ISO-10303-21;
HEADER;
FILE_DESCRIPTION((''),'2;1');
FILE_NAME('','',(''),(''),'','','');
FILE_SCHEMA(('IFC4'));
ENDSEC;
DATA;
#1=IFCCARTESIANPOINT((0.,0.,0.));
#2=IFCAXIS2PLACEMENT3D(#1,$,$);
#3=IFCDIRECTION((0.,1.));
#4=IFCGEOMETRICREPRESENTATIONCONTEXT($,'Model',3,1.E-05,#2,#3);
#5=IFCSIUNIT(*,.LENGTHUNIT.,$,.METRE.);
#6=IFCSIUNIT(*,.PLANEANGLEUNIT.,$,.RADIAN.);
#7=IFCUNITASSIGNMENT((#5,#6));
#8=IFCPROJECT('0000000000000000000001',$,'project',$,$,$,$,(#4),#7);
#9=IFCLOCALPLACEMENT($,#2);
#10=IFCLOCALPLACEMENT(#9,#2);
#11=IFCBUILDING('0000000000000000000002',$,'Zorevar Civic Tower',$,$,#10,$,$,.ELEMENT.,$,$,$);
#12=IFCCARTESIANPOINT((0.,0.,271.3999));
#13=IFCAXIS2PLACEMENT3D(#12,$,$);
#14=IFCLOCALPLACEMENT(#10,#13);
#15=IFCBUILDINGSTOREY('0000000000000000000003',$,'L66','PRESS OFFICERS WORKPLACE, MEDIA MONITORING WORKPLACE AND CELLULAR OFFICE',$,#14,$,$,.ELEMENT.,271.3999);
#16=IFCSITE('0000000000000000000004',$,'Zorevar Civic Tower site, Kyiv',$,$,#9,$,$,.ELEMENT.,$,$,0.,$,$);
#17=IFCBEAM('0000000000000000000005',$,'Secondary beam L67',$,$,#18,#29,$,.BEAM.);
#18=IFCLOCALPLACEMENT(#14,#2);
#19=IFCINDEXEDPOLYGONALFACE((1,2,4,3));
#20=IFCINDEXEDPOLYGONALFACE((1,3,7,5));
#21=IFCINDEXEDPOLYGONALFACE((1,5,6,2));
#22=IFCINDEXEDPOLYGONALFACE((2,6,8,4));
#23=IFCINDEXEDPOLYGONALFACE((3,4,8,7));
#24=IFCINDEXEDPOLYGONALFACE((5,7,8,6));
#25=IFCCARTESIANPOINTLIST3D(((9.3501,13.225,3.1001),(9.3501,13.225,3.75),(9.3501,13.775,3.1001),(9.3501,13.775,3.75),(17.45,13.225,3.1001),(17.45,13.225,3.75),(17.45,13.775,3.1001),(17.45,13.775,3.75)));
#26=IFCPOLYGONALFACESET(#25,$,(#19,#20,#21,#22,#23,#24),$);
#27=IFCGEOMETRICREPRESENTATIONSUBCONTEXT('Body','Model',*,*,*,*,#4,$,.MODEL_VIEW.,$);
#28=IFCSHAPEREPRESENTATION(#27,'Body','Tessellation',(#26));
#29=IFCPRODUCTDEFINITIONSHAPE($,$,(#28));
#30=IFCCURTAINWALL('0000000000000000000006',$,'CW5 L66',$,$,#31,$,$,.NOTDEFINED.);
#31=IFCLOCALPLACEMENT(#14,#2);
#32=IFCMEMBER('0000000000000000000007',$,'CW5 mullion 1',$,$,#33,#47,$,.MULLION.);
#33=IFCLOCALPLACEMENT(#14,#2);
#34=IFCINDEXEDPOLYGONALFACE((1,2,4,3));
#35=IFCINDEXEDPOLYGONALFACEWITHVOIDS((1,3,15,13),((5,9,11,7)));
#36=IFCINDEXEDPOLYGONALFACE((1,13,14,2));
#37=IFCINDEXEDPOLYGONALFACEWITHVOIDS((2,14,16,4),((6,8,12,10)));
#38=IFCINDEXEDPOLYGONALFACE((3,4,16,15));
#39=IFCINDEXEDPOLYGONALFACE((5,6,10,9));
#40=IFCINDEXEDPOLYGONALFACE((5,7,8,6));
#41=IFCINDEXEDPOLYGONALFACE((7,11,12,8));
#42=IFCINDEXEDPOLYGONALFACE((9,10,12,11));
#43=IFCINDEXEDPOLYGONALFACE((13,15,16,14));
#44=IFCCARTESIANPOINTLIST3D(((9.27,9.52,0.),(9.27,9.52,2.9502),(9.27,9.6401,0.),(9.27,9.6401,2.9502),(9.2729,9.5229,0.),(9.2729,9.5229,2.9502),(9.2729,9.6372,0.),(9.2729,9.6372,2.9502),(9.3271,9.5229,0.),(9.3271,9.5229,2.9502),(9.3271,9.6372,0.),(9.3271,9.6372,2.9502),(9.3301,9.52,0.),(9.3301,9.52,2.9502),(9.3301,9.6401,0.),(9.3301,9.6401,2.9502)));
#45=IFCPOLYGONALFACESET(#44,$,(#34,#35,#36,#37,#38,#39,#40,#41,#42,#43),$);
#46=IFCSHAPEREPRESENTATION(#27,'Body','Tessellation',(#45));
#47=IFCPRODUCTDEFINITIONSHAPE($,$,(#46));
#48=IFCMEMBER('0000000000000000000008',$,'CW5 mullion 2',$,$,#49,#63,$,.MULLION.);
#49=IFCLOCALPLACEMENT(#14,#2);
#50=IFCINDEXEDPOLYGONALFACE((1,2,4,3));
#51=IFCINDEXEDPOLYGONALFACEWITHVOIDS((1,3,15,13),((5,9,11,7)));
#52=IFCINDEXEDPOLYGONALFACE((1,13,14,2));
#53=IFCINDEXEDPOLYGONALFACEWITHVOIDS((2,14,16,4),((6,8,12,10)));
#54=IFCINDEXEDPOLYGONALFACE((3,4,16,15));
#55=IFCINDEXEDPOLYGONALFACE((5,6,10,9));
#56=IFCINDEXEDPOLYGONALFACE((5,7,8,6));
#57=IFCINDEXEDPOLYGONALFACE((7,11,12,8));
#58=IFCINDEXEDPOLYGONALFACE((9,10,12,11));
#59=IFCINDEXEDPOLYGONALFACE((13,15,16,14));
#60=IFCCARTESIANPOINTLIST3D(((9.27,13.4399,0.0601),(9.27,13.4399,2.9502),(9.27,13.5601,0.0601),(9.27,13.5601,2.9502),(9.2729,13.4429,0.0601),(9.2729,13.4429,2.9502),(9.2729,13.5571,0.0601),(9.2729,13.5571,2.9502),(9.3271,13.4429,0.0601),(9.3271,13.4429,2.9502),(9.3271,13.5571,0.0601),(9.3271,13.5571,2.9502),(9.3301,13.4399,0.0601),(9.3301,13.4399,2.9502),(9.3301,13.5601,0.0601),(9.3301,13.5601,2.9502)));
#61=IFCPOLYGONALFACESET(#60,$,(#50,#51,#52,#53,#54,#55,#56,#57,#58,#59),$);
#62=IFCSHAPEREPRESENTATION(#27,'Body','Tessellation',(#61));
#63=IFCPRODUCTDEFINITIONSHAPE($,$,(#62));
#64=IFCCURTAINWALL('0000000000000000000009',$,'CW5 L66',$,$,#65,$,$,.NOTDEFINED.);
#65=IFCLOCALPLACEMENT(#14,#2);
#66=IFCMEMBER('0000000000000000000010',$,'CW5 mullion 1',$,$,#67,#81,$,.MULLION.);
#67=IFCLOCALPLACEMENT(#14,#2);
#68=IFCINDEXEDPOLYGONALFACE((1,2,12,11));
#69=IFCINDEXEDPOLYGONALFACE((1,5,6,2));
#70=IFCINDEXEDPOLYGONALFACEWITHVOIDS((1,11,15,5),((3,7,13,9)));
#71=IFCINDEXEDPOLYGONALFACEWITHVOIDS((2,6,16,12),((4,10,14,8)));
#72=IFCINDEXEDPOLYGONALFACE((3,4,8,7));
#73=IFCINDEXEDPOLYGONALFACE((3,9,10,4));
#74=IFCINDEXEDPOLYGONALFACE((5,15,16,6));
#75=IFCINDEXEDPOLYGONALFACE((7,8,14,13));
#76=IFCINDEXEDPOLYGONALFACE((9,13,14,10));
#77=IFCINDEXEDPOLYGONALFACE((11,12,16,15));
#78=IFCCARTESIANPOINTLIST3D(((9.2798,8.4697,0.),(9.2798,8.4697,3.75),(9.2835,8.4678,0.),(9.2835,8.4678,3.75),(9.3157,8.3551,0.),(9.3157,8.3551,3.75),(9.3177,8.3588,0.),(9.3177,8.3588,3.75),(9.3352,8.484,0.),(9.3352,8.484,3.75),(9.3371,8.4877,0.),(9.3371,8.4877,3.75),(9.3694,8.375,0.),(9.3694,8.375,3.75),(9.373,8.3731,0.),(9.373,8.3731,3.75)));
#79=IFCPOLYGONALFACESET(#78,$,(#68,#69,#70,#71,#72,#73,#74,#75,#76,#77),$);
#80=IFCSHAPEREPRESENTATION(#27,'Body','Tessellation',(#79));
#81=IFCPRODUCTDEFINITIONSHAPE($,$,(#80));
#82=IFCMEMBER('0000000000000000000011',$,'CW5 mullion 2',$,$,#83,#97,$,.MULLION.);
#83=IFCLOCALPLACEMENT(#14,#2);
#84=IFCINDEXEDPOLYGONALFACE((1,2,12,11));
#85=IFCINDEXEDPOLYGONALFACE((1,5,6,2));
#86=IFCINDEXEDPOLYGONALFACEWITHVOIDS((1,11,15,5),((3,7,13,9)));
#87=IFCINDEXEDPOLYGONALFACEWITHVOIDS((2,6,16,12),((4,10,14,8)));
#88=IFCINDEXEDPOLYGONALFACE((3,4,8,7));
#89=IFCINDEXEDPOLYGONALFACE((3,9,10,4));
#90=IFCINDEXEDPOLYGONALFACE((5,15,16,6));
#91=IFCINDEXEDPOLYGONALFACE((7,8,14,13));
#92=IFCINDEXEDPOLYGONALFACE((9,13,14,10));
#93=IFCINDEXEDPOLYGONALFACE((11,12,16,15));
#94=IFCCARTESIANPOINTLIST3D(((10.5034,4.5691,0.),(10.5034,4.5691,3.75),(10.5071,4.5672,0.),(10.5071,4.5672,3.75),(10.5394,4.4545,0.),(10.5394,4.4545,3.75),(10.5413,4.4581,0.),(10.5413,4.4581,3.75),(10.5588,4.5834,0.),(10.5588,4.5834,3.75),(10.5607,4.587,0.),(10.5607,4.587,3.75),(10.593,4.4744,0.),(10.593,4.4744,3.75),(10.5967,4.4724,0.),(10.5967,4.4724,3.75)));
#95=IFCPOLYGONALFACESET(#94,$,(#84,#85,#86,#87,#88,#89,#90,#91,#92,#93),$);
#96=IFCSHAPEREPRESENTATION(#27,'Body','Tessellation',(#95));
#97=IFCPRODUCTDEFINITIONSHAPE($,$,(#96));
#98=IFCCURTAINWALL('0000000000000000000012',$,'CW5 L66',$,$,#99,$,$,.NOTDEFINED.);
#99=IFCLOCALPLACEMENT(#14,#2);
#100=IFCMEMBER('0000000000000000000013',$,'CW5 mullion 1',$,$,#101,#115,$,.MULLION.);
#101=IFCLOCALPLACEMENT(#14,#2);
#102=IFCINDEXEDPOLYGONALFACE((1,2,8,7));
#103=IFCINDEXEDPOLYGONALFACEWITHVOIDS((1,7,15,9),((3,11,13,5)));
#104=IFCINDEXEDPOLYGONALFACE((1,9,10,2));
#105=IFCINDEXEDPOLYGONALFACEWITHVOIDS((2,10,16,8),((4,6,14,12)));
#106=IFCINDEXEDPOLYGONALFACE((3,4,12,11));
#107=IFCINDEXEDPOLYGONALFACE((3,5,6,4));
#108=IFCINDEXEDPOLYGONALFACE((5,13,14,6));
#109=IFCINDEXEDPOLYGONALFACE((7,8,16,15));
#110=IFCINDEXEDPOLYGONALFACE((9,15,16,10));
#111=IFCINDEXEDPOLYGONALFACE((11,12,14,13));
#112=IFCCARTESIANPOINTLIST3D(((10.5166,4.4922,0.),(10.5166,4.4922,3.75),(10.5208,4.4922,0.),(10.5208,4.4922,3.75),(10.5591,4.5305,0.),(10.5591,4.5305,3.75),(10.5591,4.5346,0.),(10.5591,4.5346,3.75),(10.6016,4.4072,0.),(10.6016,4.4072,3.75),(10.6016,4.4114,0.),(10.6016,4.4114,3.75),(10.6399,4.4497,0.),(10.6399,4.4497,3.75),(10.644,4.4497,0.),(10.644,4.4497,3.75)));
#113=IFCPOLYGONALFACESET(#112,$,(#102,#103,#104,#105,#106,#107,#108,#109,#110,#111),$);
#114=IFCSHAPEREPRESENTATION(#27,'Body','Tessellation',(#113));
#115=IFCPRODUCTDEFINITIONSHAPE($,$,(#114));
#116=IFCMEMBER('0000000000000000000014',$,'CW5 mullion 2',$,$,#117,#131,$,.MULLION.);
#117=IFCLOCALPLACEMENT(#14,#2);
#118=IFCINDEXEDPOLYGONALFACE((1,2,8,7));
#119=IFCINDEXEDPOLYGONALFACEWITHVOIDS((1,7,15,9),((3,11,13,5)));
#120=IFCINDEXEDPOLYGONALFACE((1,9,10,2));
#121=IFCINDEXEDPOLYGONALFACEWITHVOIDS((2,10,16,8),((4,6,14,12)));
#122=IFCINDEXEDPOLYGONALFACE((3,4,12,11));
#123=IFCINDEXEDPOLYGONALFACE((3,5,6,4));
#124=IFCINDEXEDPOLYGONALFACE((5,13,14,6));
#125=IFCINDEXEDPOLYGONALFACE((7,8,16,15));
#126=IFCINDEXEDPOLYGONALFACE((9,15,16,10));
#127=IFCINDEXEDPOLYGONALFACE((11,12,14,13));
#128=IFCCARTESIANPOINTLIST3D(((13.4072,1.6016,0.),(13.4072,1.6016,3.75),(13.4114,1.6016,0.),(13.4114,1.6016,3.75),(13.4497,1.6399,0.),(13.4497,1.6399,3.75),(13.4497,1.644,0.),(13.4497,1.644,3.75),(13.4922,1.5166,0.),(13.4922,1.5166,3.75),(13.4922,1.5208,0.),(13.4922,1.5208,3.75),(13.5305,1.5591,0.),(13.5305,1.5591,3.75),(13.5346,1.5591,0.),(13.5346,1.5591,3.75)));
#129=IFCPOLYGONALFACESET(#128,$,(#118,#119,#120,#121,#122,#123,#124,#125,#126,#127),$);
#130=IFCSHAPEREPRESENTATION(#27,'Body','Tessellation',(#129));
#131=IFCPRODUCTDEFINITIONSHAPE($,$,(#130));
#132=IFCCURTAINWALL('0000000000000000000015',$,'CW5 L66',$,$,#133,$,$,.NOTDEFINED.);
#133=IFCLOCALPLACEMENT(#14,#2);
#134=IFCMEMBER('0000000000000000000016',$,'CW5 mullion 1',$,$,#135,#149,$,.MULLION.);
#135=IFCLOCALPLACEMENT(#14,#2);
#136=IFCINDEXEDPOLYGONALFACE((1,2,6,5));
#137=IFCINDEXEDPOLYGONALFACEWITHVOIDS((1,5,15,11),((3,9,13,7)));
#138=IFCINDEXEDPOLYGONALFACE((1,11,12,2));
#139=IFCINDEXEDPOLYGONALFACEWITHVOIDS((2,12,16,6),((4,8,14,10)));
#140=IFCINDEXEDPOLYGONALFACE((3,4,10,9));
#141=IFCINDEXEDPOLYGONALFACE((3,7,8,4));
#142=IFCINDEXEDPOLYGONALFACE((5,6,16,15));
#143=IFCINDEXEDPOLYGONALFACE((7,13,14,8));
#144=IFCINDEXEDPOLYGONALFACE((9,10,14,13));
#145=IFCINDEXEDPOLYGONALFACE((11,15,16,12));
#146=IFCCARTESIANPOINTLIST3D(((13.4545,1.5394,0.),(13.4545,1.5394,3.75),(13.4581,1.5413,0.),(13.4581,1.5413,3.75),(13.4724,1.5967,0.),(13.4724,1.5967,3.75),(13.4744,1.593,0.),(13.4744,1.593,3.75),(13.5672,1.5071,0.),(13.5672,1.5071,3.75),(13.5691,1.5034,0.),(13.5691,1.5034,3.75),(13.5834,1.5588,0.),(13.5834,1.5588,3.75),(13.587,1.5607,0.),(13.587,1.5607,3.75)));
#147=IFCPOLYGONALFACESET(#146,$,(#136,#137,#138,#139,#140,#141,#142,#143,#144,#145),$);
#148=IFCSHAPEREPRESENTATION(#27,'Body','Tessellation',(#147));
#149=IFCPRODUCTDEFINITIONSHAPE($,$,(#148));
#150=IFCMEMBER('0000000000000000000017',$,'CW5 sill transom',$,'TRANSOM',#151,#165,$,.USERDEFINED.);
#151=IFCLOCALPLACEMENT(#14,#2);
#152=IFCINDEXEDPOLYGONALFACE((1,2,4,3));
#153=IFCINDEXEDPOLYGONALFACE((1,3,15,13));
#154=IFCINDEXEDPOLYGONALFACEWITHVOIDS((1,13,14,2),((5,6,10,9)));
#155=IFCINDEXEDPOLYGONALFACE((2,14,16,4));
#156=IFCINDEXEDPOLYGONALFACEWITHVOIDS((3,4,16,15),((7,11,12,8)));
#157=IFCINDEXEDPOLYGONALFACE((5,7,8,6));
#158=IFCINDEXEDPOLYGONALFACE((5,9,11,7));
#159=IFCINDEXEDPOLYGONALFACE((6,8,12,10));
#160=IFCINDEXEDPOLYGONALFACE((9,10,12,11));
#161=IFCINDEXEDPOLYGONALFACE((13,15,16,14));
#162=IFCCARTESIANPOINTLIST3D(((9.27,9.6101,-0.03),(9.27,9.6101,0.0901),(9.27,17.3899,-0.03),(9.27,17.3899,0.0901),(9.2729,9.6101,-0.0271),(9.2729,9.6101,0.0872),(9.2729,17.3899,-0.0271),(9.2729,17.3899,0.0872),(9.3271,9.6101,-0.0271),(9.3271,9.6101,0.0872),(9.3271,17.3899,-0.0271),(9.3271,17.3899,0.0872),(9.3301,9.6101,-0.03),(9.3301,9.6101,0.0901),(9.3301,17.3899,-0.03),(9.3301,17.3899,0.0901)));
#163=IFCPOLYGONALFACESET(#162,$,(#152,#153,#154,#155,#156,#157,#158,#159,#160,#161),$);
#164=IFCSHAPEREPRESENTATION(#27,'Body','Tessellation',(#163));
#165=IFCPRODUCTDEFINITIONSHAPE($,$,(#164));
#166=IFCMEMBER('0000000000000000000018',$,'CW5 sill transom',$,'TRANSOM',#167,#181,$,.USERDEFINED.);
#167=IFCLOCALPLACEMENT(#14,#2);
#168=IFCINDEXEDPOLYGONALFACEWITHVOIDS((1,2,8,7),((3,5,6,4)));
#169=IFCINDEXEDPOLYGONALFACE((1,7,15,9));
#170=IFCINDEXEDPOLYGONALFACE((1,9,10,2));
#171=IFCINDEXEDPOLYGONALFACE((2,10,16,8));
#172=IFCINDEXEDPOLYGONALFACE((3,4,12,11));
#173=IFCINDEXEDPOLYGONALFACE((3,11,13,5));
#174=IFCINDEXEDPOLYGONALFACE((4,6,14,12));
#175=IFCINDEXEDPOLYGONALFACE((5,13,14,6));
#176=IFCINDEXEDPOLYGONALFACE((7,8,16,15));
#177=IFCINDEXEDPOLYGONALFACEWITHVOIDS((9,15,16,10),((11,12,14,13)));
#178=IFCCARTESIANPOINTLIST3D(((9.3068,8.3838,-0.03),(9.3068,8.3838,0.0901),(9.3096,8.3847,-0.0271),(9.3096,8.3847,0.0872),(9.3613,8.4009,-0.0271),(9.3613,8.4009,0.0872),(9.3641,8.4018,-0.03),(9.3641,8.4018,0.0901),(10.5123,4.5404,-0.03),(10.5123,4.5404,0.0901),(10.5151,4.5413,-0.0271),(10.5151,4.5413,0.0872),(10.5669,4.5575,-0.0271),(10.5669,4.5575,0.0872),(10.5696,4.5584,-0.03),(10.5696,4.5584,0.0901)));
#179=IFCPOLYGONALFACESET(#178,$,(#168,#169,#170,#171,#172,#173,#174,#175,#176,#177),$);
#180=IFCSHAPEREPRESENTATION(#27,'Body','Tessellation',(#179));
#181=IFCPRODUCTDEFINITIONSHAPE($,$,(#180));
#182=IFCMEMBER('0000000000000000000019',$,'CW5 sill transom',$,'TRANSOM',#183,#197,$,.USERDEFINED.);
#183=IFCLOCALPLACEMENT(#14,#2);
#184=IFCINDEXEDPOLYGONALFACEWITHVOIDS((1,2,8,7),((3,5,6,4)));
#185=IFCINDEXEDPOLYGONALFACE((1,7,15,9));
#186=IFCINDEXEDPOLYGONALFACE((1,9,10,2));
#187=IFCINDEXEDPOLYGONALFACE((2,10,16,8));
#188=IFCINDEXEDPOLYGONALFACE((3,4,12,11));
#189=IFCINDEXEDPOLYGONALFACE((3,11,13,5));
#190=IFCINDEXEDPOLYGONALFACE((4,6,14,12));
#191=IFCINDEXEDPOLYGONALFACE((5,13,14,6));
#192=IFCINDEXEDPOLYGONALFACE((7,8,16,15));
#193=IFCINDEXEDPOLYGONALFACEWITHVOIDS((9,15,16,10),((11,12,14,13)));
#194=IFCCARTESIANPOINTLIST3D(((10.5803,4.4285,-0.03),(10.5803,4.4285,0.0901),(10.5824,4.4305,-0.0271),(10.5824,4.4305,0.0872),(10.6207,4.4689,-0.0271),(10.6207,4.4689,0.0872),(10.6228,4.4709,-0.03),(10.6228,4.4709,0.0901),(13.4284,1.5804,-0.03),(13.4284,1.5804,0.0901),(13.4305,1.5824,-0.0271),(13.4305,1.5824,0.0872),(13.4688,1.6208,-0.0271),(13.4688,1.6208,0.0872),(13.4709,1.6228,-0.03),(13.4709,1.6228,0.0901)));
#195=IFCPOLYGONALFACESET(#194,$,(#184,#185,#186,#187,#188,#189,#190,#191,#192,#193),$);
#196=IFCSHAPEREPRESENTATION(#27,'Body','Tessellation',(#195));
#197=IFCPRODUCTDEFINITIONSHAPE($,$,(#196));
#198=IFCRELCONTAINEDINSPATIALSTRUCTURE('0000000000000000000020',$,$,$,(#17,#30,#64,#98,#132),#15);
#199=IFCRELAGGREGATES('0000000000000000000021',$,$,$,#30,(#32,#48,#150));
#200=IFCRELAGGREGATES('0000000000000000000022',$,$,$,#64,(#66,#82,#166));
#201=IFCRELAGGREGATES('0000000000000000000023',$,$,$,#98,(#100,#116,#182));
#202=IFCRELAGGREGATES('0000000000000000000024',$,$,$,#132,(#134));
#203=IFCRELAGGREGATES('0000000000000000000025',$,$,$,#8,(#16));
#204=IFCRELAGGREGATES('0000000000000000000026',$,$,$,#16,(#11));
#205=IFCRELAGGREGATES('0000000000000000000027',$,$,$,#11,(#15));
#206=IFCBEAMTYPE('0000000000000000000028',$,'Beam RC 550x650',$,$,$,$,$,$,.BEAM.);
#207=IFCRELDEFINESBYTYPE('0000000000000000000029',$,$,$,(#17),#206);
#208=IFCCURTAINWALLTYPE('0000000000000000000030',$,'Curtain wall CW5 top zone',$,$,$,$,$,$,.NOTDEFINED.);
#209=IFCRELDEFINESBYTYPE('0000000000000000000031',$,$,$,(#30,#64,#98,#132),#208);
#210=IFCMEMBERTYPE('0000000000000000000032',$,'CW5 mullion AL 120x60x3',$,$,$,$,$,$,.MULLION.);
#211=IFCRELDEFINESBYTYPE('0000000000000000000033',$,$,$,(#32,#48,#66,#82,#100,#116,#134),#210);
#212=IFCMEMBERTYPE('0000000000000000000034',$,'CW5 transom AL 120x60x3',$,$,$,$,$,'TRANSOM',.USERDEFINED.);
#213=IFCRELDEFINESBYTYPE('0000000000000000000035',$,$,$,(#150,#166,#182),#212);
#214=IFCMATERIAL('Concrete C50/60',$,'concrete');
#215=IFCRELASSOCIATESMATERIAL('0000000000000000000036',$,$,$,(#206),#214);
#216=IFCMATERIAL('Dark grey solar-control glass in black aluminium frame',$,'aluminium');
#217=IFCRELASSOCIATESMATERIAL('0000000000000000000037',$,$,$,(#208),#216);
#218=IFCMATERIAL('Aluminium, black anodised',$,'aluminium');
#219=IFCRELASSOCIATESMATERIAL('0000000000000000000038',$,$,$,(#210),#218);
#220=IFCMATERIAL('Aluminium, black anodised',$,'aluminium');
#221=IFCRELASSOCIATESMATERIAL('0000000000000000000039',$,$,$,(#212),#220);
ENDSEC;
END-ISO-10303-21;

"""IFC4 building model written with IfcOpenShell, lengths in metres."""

from ifc_helpers import new_model, si_unit, direction, frame, origin, origin_2d, place, context, subcontext, project, spatial, rectangle, hollow_rectangle, extrude, material, material_profile, profile_set, type_object, element, aggregate, save


model = new_model("IFC4")

# Units and contexts
model_context = context("Model", 3, precision=1e-05, world=origin(), true_north=direction((0.0, 1.0)))
body_context = subcontext(model_context, "Body", "Model", "MODEL_VIEW")
ifc_project = project(units=[si_unit("LENGTHUNIT", "METRE"), si_unit("PLANEANGLEUNIT", "RADIAN")], contexts=[model_context])

# Site, building, storey
site_placement = place(None, origin())
site = spatial("IfcSite", under=ifc_project, at=site_placement, Name="Zorevar Civic Tower site, Kyiv", CompositionType="ELEMENT", RefElevation=0.0)
building_placement = place(site_placement, origin())
building = spatial("IfcBuilding", under=site, at=building_placement, Name="Zorevar Civic Tower", CompositionType="ELEMENT")
storey_placement = place(building_placement, frame((0.0, 0.0, 271.3999)))
storey = spatial("IfcBuildingStorey", under=building, at=storey_placement, Name="L66", Description="PRESS OFFICERS WORKPLACE, MEDIA MONITORING WORKPLACE AND CELLULAR OFFICE", CompositionType="ELEMENT", Elevation=271.3999)

# Beam
ifc_material_1 = material(Name="Concrete C50/60", Category="concrete")
ifc_material_profile_1 = material_profile(ifc_material_1, rectangle(XDim=0.55, YDim=0.6499, at=origin_2d()), Name="RC 550x650")
ifc_profile_set_1 = profile_set([ifc_material_profile_1], Name="Concrete C50/60")
beam_type_1 = type_object("IfcBeamType", Name="Beam RC 550x650", PredefinedType="BEAM", material=ifc_profile_set_1)
beam_1_placement = place(storey_placement, frame((9.3501, 13.5, 3.425), z_axis=(1.0, 0.0, 0.0), x_axis=(0.0, 1.0, 0.0)))
element("IfcBeam", 1, at=beam_1_placement, inside=storey, type_object=beam_type_1, Name="Secondary beam L67", PredefinedType="BEAM", context=body_context, shape_type="SweptSolid", body=[
    extrude(rectangle(XDim=0.55, YDim=0.6499, at=origin_2d()), origin(), (0.0, 0.0, 1.0), 8.0999),
])

# Curtain walls, members
ifc_material_2 = material(Name="Dark grey solar-control glass in black aluminium frame", Category="aluminium")
curtain_wall_type = type_object("IfcCurtainWallType", Name="Curtain wall CW5 top zone", PredefinedType="NOTDEFINED", material=ifc_material_2)
curtain_wall_1_placement = place(storey_placement, origin())
curtain_wall_1 = element("IfcCurtainWall", 2, at=curtain_wall_1_placement, inside=storey, type_object=curtain_wall_type, Name="CW5 L66", PredefinedType="NOTDEFINED")
ifc_material_3 = material(Name="Aluminium, black anodised", Category="aluminium")
ifc_material_profile_2 = material_profile(ifc_material_3, hollow_rectangle(XDim=0.0601, YDim=0.1201, WallThickness=0.0029, at=origin_2d()), Name="AL 120x60x3")
ifc_profile_set_2 = profile_set([ifc_material_profile_2], Name="Aluminium, black anodised")
member_type_1 = type_object("IfcMemberType", Name="CW5 mullion AL 120x60x3", PredefinedType="MULLION", material=ifc_profile_set_2)
member_1_placement = place(storey_placement, frame((9.3, 9.5801, 0.0), z_axis=(0.0, 0.0, 1.0), x_axis=(-1.0, 0.0, 0.0)))
member_1 = element("IfcMember", 3, at=member_1_placement, type_object=member_type_1, Name="CW5 mullion 1", PredefinedType="MULLION", context=body_context, shape_type="SweptSolid", body=[
    extrude(hollow_rectangle(XDim=0.0601, YDim=0.1201, WallThickness=0.0029, at=origin_2d()), origin(), (0.0, 0.0, 1.0), 2.9502),
])
member_2_placement = place(storey_placement, frame((9.3, 13.5, 0.0601), z_axis=(0.0, 0.0, 1.0), x_axis=(-1.0, 0.0, 0.0)))
member_2 = element("IfcMember", 4, at=member_2_placement, type_object=member_type_1, Name="CW5 mullion 2", PredefinedType="MULLION", context=body_context, shape_type="SweptSolid", body=[
    extrude(hollow_rectangle(XDim=0.0601, YDim=0.1201, WallThickness=0.0029, at=origin_2d()), origin(), (0.0, 0.0, 1.0), 2.8901),
])
curtain_wall_2_placement = place(storey_placement, origin())
curtain_wall_2 = element("IfcCurtainWall", 5, at=curtain_wall_2_placement, inside=storey, type_object=curtain_wall_type, Name="CW5 L66", PredefinedType="NOTDEFINED")
member_3_placement = place(storey_placement, frame((9.3264, 8.4214, 0.0), z_axis=(0.0, 0.0, 1.0), x_axis=(0.954153, 0.299318, 0.0)))
member_3 = element("IfcMember", 6, at=member_3_placement, type_object=member_type_1, Name="CW5 mullion 1", PredefinedType="MULLION", context=body_context, shape_type="SweptSolid", body=[
    extrude(hollow_rectangle(XDim=0.0601, YDim=0.1201, WallThickness=0.0029, at=origin_2d()), origin(), (0.0, 0.0, 1.0), 3.75),
])
member_4_placement = place(storey_placement, frame((10.55, 4.5208, 0.0), z_axis=(0.0, 0.0, 1.0), x_axis=(0.954153, 0.299318, 0.0)))
member_4 = element("IfcMember", 7, at=member_4_placement, type_object=member_type_1, Name="CW5 mullion 2", PredefinedType="MULLION", context=body_context, shape_type="SweptSolid", body=[
    extrude(hollow_rectangle(XDim=0.0601, YDim=0.1201, WallThickness=0.0029, at=origin_2d()), origin(), (0.0, 0.0, 1.0), 3.75),
])
curtain_wall_3_placement = place(storey_placement, origin())
curtain_wall_3 = element("IfcCurtainWall", 8, at=curtain_wall_3_placement, inside=storey, type_object=curtain_wall_type, Name="CW5 L66", PredefinedType="NOTDEFINED")
member_5_placement = place(storey_placement, frame((10.5803, 4.4709, 0.0), z_axis=(0.0, 0.0, 1.0), x_axis=(0.707107, 0.707107, 0.0)))
member_5 = element("IfcMember", 9, at=member_5_placement, type_object=member_type_1, Name="CW5 mullion 1", PredefinedType="MULLION", context=body_context, shape_type="SweptSolid", body=[
    extrude(hollow_rectangle(XDim=0.0601, YDim=0.1201, WallThickness=0.0029, at=origin_2d()), origin(), (0.0, 0.0, 1.0), 3.75),
])
member_6_placement = place(storey_placement, frame((13.4709, 1.5803, 0.0), z_axis=(0.0, 0.0, 1.0), x_axis=(0.707107, 0.707107, 0.0)))
member_6 = element("IfcMember", 10, at=member_6_placement, type_object=member_type_1, Name="CW5 mullion 2", PredefinedType="MULLION", context=body_context, shape_type="SweptSolid", body=[
    extrude(hollow_rectangle(XDim=0.0601, YDim=0.1201, WallThickness=0.0029, at=origin_2d()), origin(), (0.0, 0.0, 1.0), 3.75),
])

# Curtain wall, member
curtain_wall_4_placement = place(storey_placement, origin())
curtain_wall_4 = element("IfcCurtainWall", 11, at=curtain_wall_4_placement, inside=storey, type_object=curtain_wall_type, Name="CW5 L66", PredefinedType="NOTDEFINED")
member_7_placement = place(storey_placement, frame((13.5208, 1.55, 0.0), z_axis=(0.0, 0.0, 1.0), x_axis=(0.299318, 0.954153, 0.0)))
member_7 = element("IfcMember", 12, at=member_7_placement, type_object=member_type_1, Name="CW5 mullion 1", PredefinedType="MULLION", context=body_context, shape_type="SweptSolid", body=[
    extrude(hollow_rectangle(XDim=0.0601, YDim=0.1201, WallThickness=0.0029, at=origin_2d()), origin(), (0.0, 0.0, 1.0), 3.75),
])

# Members
ifc_material_4 = material(Name="Aluminium, black anodised", Category="aluminium")
ifc_material_profile_3 = material_profile(ifc_material_4, hollow_rectangle(XDim=0.0601, YDim=0.1201, WallThickness=0.0029, at=origin_2d()), Name="AL 120x60x3")
ifc_profile_set_3 = profile_set([ifc_material_profile_3], Name="Aluminium, black anodised")
member_type_2 = type_object("IfcMemberType", Name="CW5 transom AL 120x60x3", ElementType="TRANSOM", PredefinedType="USERDEFINED", material=ifc_profile_set_3)
member_8_placement = place(storey_placement, frame((9.3, 9.6101, 0.03), z_axis=(0.0, 1.0, 0.0), x_axis=(-1.0, 0.0, 0.0)))
member_8 = element("IfcMember", 13, at=member_8_placement, type_object=member_type_2, Name="CW5 sill transom", ObjectType="TRANSOM", PredefinedType="USERDEFINED", context=body_context, shape_type="SweptSolid", body=[
    extrude(hollow_rectangle(XDim=0.0601, YDim=0.1201, WallThickness=0.0029, at=origin_2d()), origin(), (0.0, 0.0, 1.0), 7.7798),
])
member_9_placement = place(storey_placement, frame((9.3354, 8.3928, 0.03), z_axis=(0.299286, -0.954163, 0.0), x_axis=(0.954163, 0.299286, 0.0)))
member_9 = element("IfcMember", 14, at=member_9_placement, type_object=member_type_2, Name="CW5 sill transom", ObjectType="TRANSOM", PredefinedType="USERDEFINED", context=body_context, shape_type="SweptSolid", body=[
    extrude(hollow_rectangle(XDim=0.0601, YDim=0.1201, WallThickness=0.0029, at=origin_2d()), origin(), (0.0, 0.0, 1.0), 4.0281),
])
member_10_placement = place(storey_placement, frame((10.6016, 4.4497, 0.03), z_axis=(0.707107, -0.707107, 0.0), x_axis=(0.707107, 0.707107, 0.0)))
member_10 = element("IfcMember", 15, at=member_10_placement, type_object=member_type_2, Name="CW5 sill transom", ObjectType="TRANSOM", PredefinedType="USERDEFINED", context=body_context, shape_type="SweptSolid", body=[
    extrude(hollow_rectangle(XDim=0.0601, YDim=0.1201, WallThickness=0.0029, at=origin_2d()), origin(), (0.0, 0.0, 1.0), 4.0278),
])

aggregate(curtain_wall_1, [member_1, member_2, member_8])
aggregate(curtain_wall_2, [member_3, member_4, member_9])
aggregate(curtain_wall_3, [member_5, member_6, member_10])
aggregate(curtain_wall_4, [member_7])

save(model, "model.ifc")
